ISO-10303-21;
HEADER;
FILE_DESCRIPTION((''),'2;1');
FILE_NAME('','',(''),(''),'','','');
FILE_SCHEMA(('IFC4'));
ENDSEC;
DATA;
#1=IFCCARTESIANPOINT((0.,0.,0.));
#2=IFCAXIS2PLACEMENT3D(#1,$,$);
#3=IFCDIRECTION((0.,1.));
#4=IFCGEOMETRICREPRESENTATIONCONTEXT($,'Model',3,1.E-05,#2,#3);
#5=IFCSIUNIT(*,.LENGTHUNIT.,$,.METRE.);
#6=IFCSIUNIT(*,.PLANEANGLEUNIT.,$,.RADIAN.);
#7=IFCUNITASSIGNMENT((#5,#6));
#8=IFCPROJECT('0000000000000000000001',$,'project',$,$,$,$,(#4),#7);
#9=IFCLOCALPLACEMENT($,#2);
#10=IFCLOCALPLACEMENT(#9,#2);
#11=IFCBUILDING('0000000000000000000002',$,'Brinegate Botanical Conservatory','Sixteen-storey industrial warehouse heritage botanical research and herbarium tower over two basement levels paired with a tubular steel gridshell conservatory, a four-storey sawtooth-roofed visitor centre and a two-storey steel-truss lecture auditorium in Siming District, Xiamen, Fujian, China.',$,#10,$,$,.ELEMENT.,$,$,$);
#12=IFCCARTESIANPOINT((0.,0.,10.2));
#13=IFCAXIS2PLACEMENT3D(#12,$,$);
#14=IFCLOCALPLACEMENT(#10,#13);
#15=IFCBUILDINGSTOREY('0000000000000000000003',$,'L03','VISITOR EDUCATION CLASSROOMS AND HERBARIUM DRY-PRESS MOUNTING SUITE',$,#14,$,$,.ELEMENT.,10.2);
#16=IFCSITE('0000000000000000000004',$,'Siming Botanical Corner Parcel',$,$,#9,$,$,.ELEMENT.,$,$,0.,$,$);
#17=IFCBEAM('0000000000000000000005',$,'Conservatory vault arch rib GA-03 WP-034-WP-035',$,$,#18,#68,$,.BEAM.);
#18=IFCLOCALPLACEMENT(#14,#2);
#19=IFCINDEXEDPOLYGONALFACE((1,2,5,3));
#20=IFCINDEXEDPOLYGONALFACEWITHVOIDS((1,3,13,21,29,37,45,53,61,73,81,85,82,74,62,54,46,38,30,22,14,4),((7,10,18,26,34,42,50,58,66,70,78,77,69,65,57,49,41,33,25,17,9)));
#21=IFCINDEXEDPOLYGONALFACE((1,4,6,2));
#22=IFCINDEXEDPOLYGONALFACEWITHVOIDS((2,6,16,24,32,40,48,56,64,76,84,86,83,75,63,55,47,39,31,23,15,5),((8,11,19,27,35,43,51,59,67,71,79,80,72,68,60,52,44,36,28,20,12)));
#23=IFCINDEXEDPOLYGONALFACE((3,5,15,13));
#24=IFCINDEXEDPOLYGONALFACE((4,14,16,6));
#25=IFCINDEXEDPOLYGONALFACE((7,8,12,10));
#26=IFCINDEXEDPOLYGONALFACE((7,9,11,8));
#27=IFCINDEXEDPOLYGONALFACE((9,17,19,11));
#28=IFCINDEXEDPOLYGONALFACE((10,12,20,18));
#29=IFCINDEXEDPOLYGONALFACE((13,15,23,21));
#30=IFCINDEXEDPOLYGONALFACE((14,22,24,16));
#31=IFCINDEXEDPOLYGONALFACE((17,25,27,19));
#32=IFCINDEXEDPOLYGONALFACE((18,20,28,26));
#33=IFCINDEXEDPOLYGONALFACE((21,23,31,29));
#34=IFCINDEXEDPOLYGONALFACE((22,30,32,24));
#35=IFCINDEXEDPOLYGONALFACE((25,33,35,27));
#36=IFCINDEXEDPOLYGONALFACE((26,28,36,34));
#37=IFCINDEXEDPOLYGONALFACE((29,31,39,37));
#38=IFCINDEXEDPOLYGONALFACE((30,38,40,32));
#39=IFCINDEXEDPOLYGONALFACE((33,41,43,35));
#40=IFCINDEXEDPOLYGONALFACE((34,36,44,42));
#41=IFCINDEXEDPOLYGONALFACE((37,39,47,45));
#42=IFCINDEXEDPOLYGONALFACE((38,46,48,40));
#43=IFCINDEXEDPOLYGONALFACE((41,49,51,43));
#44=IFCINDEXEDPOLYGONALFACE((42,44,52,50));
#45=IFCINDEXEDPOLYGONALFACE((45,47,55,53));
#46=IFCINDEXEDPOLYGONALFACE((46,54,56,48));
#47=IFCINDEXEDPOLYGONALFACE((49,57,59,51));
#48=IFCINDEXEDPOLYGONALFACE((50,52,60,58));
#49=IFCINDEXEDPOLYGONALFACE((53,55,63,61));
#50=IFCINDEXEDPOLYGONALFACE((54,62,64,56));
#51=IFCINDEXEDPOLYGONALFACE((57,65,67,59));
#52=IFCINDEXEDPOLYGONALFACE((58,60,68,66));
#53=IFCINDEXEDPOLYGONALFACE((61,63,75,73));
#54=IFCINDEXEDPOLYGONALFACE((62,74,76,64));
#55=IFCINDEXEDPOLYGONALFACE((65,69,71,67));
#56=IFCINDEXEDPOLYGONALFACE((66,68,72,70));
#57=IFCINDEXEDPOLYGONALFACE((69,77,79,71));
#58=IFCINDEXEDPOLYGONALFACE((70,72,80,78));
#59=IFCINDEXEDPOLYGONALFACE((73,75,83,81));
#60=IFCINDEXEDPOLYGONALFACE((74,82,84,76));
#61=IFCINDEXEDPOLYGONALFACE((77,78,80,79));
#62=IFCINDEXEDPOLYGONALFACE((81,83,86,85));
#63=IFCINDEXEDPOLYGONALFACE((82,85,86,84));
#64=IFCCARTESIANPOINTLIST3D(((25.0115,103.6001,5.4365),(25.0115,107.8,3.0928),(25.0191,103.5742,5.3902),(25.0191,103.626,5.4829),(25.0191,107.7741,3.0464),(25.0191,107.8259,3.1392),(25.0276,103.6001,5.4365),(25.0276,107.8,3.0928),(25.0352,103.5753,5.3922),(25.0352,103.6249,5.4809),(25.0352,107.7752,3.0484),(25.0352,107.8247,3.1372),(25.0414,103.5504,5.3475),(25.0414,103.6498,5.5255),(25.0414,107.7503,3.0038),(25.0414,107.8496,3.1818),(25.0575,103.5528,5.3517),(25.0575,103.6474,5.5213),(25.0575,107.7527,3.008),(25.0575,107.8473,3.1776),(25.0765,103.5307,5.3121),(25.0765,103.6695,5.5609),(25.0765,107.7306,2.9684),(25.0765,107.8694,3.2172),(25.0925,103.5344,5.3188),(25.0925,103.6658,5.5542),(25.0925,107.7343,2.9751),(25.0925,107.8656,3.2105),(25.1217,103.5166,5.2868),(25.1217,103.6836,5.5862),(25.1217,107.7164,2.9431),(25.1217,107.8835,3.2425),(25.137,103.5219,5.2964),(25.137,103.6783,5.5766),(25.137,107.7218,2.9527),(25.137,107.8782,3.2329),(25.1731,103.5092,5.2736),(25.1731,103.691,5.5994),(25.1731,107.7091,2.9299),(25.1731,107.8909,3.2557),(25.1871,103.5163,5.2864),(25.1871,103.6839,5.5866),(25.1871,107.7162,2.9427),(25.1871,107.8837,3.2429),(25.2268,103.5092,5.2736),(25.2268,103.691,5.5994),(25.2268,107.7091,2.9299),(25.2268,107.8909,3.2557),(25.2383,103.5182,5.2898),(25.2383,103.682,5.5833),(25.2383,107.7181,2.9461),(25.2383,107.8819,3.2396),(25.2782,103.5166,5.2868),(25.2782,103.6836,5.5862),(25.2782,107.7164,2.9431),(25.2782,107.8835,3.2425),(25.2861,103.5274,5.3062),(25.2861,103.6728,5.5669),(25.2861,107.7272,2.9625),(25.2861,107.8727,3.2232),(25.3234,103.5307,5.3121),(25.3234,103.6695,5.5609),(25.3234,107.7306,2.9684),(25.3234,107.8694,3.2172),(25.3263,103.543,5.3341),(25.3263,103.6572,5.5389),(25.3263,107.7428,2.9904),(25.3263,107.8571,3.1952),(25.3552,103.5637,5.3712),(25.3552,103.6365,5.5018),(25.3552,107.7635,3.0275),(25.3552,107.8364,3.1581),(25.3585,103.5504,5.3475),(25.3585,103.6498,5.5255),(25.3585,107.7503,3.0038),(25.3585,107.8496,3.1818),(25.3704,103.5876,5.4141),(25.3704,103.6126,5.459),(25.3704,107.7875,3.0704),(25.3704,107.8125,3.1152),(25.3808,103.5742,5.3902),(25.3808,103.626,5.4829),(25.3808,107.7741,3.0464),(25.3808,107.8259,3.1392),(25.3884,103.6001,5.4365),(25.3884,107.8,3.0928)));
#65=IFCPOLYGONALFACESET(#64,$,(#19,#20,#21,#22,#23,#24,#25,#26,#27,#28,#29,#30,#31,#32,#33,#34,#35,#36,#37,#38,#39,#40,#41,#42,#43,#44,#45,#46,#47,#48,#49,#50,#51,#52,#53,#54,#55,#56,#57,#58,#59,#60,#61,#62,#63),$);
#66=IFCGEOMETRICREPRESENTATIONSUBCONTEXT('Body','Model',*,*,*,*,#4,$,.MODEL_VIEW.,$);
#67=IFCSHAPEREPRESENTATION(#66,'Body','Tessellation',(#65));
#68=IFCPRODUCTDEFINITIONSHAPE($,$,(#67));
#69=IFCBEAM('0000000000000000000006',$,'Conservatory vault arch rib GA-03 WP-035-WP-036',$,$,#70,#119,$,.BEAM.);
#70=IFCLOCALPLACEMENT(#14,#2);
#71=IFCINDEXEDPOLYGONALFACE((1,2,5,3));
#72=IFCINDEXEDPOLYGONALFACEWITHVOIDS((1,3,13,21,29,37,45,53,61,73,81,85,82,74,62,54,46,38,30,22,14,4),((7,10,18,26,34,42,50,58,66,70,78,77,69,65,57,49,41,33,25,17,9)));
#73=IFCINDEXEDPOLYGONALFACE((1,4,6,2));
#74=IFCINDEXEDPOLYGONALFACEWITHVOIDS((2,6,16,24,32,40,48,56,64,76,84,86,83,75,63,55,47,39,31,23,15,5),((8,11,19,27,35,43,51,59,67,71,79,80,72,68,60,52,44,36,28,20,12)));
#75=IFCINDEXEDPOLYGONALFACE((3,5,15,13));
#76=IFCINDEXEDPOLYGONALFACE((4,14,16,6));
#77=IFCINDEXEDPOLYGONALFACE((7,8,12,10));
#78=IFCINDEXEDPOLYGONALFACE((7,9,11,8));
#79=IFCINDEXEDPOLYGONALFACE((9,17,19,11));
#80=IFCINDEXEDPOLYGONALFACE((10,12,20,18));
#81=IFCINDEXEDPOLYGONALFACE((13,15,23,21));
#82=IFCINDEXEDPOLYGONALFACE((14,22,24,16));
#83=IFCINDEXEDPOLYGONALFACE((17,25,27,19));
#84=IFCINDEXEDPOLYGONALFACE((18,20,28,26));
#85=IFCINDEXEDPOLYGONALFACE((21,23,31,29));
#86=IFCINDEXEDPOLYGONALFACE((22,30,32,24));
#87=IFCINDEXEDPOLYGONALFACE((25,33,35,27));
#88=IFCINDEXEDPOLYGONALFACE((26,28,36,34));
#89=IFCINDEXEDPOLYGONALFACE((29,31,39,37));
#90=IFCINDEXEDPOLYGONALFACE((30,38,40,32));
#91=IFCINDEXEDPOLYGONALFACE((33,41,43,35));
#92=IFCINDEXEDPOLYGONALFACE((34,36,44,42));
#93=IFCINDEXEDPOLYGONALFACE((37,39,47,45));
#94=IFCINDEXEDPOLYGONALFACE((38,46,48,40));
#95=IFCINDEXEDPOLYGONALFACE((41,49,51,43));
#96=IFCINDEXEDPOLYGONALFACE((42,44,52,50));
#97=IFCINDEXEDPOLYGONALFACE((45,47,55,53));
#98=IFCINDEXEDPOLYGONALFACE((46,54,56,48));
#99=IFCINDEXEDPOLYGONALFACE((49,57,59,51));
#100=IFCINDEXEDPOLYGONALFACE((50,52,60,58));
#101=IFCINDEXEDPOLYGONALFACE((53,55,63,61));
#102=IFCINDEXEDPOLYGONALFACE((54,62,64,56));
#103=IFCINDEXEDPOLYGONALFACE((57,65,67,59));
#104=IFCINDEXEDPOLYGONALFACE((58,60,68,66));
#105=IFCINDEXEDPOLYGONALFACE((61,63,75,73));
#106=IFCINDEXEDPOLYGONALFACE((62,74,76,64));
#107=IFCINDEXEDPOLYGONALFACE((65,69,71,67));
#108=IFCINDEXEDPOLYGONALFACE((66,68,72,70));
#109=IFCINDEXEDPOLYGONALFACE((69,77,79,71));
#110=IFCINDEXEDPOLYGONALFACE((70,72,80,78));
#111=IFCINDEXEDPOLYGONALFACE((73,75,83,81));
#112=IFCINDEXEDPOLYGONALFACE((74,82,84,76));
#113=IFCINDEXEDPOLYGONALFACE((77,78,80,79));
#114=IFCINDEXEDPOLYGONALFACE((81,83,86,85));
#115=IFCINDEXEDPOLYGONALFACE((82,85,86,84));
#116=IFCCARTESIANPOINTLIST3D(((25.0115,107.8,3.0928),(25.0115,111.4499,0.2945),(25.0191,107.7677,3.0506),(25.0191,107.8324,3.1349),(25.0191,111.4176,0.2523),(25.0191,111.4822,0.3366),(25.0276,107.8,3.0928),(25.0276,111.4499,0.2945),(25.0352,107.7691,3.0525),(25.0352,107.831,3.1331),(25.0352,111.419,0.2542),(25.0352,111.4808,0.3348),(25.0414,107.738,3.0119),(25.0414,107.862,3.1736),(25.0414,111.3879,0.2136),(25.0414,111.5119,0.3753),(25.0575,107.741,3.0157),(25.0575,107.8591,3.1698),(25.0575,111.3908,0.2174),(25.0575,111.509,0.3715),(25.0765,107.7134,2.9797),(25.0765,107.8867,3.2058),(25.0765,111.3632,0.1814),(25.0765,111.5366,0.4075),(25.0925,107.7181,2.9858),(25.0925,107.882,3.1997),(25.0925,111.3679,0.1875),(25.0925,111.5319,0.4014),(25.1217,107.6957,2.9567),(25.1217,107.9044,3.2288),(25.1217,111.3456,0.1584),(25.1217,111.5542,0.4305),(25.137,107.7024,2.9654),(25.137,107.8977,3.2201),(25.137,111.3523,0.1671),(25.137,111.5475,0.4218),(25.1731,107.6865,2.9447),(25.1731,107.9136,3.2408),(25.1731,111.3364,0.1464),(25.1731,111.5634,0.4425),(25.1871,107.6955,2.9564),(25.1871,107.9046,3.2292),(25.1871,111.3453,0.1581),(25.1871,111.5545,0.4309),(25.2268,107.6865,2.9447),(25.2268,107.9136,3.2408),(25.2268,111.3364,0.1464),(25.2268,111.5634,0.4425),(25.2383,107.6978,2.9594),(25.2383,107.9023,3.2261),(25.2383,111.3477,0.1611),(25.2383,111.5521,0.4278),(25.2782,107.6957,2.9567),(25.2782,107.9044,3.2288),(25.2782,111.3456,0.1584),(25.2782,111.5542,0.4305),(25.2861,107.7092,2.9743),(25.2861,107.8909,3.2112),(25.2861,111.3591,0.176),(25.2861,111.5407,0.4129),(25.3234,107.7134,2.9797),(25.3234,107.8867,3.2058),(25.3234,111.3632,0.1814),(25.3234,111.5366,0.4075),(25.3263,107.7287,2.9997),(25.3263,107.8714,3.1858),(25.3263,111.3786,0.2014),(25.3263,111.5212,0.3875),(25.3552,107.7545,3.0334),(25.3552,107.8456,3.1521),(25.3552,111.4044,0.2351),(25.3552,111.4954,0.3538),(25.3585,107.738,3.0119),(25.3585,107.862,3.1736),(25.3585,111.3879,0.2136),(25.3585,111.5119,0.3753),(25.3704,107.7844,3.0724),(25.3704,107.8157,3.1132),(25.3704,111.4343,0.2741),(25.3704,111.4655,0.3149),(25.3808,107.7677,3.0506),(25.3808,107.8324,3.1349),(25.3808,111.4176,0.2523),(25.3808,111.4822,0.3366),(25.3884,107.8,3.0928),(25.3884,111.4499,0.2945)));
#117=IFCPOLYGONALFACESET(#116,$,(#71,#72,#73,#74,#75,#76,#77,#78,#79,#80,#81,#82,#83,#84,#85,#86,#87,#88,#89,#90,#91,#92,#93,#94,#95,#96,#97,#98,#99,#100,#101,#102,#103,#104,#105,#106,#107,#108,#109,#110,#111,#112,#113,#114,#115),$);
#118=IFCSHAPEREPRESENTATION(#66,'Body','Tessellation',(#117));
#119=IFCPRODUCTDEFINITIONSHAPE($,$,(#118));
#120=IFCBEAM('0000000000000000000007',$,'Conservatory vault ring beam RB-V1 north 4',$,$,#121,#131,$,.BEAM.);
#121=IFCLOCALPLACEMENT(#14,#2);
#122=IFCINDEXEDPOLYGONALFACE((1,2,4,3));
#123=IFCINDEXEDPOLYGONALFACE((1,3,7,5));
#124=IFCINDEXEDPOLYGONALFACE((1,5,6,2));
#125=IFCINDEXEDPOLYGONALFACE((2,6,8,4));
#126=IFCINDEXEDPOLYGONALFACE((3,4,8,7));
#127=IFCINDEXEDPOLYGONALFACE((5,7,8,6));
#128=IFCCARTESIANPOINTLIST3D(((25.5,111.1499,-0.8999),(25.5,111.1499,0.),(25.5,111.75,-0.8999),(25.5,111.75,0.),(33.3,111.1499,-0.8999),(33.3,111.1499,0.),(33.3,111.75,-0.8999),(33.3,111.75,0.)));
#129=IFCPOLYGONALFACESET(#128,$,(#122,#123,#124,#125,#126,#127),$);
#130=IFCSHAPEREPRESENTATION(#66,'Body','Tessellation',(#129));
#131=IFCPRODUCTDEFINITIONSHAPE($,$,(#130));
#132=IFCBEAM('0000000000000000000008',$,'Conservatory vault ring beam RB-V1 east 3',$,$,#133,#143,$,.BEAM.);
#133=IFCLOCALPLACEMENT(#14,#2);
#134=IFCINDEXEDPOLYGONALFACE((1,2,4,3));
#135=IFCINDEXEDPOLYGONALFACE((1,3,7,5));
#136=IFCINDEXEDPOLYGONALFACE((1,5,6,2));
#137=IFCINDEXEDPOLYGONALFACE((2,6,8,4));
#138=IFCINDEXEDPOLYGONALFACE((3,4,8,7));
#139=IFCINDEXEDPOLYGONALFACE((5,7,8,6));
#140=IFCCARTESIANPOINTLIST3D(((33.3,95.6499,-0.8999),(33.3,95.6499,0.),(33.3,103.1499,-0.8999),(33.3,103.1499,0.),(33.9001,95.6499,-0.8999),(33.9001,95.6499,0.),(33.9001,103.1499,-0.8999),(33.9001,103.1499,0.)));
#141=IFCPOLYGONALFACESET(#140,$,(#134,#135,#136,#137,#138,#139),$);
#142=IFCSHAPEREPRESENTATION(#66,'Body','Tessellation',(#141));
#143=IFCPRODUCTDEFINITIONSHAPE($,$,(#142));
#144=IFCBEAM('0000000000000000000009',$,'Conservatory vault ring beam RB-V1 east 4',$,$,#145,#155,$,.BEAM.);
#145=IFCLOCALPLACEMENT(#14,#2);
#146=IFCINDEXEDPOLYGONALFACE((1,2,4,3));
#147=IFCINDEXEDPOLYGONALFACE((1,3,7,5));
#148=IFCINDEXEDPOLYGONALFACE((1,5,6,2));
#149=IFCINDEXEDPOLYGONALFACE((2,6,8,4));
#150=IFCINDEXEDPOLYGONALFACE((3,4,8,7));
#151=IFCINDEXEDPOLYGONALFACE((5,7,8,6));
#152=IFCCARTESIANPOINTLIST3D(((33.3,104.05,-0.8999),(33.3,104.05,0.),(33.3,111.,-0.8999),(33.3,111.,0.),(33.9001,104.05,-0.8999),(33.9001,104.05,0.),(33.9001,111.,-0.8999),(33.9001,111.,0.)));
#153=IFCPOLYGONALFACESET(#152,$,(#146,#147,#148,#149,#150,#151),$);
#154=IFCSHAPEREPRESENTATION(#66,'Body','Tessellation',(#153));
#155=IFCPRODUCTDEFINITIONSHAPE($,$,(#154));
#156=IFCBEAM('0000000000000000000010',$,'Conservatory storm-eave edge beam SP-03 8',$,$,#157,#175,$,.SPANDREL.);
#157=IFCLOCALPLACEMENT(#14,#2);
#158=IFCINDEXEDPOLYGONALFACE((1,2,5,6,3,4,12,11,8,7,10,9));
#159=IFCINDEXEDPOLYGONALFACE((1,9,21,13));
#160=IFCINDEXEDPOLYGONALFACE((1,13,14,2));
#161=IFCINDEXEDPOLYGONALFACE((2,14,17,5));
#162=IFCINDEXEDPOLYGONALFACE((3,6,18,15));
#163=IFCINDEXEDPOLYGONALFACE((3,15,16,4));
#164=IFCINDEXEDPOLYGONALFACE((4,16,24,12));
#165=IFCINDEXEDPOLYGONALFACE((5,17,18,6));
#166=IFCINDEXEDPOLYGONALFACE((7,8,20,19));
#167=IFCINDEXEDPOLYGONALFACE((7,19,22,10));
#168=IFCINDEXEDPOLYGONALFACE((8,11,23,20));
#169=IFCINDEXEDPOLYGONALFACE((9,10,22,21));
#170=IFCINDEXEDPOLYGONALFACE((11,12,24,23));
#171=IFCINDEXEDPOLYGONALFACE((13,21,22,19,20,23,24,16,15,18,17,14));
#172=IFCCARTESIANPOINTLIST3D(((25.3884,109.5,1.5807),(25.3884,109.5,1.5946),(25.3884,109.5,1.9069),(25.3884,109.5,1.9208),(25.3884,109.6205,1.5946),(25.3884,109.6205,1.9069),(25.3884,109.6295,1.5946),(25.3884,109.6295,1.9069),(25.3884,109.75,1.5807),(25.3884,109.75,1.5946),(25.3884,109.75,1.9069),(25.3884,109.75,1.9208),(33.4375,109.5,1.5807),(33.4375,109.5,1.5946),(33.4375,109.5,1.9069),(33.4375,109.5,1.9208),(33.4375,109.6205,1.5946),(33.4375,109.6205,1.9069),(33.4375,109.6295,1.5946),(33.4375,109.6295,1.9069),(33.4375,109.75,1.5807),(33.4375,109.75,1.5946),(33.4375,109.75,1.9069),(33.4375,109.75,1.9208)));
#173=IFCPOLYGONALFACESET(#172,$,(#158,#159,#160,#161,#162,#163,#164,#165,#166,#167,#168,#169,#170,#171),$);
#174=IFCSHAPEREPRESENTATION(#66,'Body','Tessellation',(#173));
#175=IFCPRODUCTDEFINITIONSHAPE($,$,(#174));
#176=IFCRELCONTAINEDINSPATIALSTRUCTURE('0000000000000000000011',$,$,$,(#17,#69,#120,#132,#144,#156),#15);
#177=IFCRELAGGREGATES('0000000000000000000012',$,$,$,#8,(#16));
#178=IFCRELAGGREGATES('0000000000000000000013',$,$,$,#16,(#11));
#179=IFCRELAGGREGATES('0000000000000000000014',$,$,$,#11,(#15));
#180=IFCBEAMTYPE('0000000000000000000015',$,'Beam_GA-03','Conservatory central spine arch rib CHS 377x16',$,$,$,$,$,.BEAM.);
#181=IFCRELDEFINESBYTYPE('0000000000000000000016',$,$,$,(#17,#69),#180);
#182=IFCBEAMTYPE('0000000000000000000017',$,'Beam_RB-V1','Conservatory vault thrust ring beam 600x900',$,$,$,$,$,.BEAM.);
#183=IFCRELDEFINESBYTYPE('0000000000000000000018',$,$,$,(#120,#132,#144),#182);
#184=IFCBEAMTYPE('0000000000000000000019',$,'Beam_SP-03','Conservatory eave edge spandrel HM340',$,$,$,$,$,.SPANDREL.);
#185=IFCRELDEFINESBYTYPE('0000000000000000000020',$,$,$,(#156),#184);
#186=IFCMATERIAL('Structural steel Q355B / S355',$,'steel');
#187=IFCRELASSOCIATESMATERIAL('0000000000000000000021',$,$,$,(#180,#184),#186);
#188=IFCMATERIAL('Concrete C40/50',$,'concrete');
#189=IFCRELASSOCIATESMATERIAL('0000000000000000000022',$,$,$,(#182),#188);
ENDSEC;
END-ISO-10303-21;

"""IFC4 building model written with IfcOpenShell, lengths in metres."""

from ifc_helpers import new_model, si_unit, direction, frame, origin, origin_2d, place, context, subcontext, project, spatial, rectangle, hollow_circle, i_section, extrude, material, material_profile, profile_set, type_object, element, save


model = new_model("IFC4")

# Units and contexts
model_context = context("Model", 3, precision=1e-05, world=origin(), true_north=direction((0.0, 1.0)))
body_context = subcontext(model_context, "Body", "Model", "MODEL_VIEW")
ifc_project = project(units=[si_unit("LENGTHUNIT", "METRE"), si_unit("PLANEANGLEUNIT", "RADIAN")], contexts=[model_context])

# Site, building, storey
site_placement = place(None, origin())
site = spatial("IfcSite", under=ifc_project, at=site_placement, Name="Siming Botanical Corner Parcel", CompositionType="ELEMENT", RefElevation=0.0)
building_placement = place(site_placement, origin())
building = spatial("IfcBuilding", under=site, at=building_placement, Name="Brinegate Botanical Conservatory", Description="Sixteen-storey industrial warehouse heritage botanical research and herbarium tower over two basement levels paired with a tubular steel gridshell conservatory, a four-storey sawtooth-roofed visitor centre and a two-storey steel-truss lecture auditorium in Siming District, Xiamen, Fujian, China.", CompositionType="ELEMENT")
storey_placement = place(building_placement, frame((0.0, 0.0, 10.2)))
storey = spatial("IfcBuildingStorey", under=building, at=storey_placement, Name="L03", Description="VISITOR EDUCATION CLASSROOMS AND HERBARIUM DRY-PRESS MOUNTING SUITE", CompositionType="ELEMENT", Elevation=10.2)

# Beams
ifc_material_1 = material(Name="Structural steel Q355B / S355", Category="steel")
ifc_material_profile_1 = material_profile(ifc_material_1, hollow_circle(Radius=0.1885, WallThickness=0.0161, at=origin_2d()), Name="CHS 377x16")
ifc_profile_set_1 = profile_set([ifc_material_profile_1], Name="Structural steel Q355B / S355")
beam_type_1 = type_object("IfcBeamType", Name="Beam_GA-03", Description="Conservatory central spine arch rib CHS 377x16", PredefinedType="BEAM", material=ifc_profile_set_1)
beam_1_placement = place(storey_placement, frame((25.2, 103.6001, 5.4365), z_axis=(0.0, 0.873234, -0.487301), x_axis=(-1.0, 0.0, 0.0)))
element("IfcBeam", 1, at=beam_1_placement, inside=storey, type_object=beam_type_1, Name="Conservatory vault arch rib GA-03 WP-034-WP-035", PredefinedType="BEAM", context=body_context, shape_type="SweptSolid", body=[
    extrude(hollow_circle(Radius=0.1885, WallThickness=0.0161, at=origin_2d()), origin(), (0.0, 0.0, 1.0), 4.8096),
])
beam_2_placement = place(storey_placement, frame((25.2, 107.8, 3.0928), z_axis=(0.0, 0.793598, -0.608443), x_axis=(-1.0, 0.0, 0.0)))
element("IfcBeam", 2, at=beam_2_placement, inside=storey, type_object=beam_type_1, Name="Conservatory vault arch rib GA-03 WP-035-WP-036", PredefinedType="BEAM", context=body_context, shape_type="SweptSolid", body=[
    extrude(hollow_circle(Radius=0.1885, WallThickness=0.0161, at=origin_2d()), origin(), (0.0, 0.0, 1.0), 4.5991),
])
ifc_material_2 = material(Name="Concrete C40/50", Category="concrete")
ifc_material_profile_2 = material_profile(ifc_material_2, rectangle(XDim=0.6001, YDim=0.8999, at=origin_2d()), Name="RC RB 600x900")
ifc_profile_set_2 = profile_set([ifc_material_profile_2], Name="Concrete C40/50")
beam_type_2 = type_object("IfcBeamType", Name="Beam_RB-V1", Description="Conservatory vault thrust ring beam 600x900", PredefinedType="BEAM", material=ifc_profile_set_2)
beam_3_placement = place(storey_placement, frame((25.5, 111.45, -0.45), z_axis=(1.0, 0.0, 0.0), x_axis=(0.0, 1.0, 0.0)))
element("IfcBeam", 3, at=beam_3_placement, inside=storey, type_object=beam_type_2, Name="Conservatory vault ring beam RB-V1 north 4", PredefinedType="BEAM", context=body_context, shape_type="SweptSolid", body=[
    extrude(rectangle(XDim=0.6001, YDim=0.8999, at=origin_2d()), origin(), (0.0, 0.0, 1.0), 7.8),
])
beam_4_placement = place(storey_placement, frame((33.6001, 95.6499, -0.45), z_axis=(0.0, 1.0, 0.0), x_axis=(-1.0, 0.0, 0.0)))
element("IfcBeam", 4, at=beam_4_placement, inside=storey, type_object=beam_type_2, Name="Conservatory vault ring beam RB-V1 east 3", PredefinedType="BEAM", context=body_context, shape_type="SweptSolid", body=[
    extrude(rectangle(XDim=0.6001, YDim=0.8999, at=origin_2d()), origin(), (0.0, 0.0, 1.0), 7.5),
])
beam_5_placement = place(storey_placement, frame((33.6001, 104.05, -0.45), z_axis=(0.0, 1.0, 0.0), x_axis=(-1.0, 0.0, 0.0)))
element("IfcBeam", 5, at=beam_5_placement, inside=storey, type_object=beam_type_2, Name="Conservatory vault ring beam RB-V1 east 4", PredefinedType="BEAM", context=body_context, shape_type="SweptSolid", body=[
    extrude(rectangle(XDim=0.6001, YDim=0.8999, at=origin_2d()), origin(), (0.0, 0.0, 1.0), 6.95),
])
ifc_material_profile_3 = material_profile(ifc_material_1, i_section(OverallWidth=0.25, OverallDepth=0.3401, WebThickness=0.009, FlangeThickness=0.0139, at=origin_2d()), Name="HM 340x250x9x14")
ifc_profile_set_3 = profile_set([ifc_material_profile_3], Name="Structural steel Q355B / S355")
beam_type_3 = type_object("IfcBeamType", Name="Beam_SP-03", Description="Conservatory eave edge spandrel HM340", PredefinedType="SPANDREL", material=ifc_profile_set_3)
beam_6_placement = place(storey_placement, frame((25.3884, 109.625, 1.7507), z_axis=(1.0, 0.0, 0.0), x_axis=(0.0, 1.0, 0.0)))
element("IfcBeam", 6, at=beam_6_placement, inside=storey, type_object=beam_type_3, Name="Conservatory storm-eave edge beam SP-03 8", PredefinedType="SPANDREL", context=body_context, shape_type="SweptSolid", body=[
    extrude(i_section(OverallWidth=0.25, OverallDepth=0.3401, WebThickness=0.009, FlangeThickness=0.0139, at=origin_2d()), origin(), (0.0, 0.0, 1.0), 8.0491),
])

save(model, "model.ifc")
